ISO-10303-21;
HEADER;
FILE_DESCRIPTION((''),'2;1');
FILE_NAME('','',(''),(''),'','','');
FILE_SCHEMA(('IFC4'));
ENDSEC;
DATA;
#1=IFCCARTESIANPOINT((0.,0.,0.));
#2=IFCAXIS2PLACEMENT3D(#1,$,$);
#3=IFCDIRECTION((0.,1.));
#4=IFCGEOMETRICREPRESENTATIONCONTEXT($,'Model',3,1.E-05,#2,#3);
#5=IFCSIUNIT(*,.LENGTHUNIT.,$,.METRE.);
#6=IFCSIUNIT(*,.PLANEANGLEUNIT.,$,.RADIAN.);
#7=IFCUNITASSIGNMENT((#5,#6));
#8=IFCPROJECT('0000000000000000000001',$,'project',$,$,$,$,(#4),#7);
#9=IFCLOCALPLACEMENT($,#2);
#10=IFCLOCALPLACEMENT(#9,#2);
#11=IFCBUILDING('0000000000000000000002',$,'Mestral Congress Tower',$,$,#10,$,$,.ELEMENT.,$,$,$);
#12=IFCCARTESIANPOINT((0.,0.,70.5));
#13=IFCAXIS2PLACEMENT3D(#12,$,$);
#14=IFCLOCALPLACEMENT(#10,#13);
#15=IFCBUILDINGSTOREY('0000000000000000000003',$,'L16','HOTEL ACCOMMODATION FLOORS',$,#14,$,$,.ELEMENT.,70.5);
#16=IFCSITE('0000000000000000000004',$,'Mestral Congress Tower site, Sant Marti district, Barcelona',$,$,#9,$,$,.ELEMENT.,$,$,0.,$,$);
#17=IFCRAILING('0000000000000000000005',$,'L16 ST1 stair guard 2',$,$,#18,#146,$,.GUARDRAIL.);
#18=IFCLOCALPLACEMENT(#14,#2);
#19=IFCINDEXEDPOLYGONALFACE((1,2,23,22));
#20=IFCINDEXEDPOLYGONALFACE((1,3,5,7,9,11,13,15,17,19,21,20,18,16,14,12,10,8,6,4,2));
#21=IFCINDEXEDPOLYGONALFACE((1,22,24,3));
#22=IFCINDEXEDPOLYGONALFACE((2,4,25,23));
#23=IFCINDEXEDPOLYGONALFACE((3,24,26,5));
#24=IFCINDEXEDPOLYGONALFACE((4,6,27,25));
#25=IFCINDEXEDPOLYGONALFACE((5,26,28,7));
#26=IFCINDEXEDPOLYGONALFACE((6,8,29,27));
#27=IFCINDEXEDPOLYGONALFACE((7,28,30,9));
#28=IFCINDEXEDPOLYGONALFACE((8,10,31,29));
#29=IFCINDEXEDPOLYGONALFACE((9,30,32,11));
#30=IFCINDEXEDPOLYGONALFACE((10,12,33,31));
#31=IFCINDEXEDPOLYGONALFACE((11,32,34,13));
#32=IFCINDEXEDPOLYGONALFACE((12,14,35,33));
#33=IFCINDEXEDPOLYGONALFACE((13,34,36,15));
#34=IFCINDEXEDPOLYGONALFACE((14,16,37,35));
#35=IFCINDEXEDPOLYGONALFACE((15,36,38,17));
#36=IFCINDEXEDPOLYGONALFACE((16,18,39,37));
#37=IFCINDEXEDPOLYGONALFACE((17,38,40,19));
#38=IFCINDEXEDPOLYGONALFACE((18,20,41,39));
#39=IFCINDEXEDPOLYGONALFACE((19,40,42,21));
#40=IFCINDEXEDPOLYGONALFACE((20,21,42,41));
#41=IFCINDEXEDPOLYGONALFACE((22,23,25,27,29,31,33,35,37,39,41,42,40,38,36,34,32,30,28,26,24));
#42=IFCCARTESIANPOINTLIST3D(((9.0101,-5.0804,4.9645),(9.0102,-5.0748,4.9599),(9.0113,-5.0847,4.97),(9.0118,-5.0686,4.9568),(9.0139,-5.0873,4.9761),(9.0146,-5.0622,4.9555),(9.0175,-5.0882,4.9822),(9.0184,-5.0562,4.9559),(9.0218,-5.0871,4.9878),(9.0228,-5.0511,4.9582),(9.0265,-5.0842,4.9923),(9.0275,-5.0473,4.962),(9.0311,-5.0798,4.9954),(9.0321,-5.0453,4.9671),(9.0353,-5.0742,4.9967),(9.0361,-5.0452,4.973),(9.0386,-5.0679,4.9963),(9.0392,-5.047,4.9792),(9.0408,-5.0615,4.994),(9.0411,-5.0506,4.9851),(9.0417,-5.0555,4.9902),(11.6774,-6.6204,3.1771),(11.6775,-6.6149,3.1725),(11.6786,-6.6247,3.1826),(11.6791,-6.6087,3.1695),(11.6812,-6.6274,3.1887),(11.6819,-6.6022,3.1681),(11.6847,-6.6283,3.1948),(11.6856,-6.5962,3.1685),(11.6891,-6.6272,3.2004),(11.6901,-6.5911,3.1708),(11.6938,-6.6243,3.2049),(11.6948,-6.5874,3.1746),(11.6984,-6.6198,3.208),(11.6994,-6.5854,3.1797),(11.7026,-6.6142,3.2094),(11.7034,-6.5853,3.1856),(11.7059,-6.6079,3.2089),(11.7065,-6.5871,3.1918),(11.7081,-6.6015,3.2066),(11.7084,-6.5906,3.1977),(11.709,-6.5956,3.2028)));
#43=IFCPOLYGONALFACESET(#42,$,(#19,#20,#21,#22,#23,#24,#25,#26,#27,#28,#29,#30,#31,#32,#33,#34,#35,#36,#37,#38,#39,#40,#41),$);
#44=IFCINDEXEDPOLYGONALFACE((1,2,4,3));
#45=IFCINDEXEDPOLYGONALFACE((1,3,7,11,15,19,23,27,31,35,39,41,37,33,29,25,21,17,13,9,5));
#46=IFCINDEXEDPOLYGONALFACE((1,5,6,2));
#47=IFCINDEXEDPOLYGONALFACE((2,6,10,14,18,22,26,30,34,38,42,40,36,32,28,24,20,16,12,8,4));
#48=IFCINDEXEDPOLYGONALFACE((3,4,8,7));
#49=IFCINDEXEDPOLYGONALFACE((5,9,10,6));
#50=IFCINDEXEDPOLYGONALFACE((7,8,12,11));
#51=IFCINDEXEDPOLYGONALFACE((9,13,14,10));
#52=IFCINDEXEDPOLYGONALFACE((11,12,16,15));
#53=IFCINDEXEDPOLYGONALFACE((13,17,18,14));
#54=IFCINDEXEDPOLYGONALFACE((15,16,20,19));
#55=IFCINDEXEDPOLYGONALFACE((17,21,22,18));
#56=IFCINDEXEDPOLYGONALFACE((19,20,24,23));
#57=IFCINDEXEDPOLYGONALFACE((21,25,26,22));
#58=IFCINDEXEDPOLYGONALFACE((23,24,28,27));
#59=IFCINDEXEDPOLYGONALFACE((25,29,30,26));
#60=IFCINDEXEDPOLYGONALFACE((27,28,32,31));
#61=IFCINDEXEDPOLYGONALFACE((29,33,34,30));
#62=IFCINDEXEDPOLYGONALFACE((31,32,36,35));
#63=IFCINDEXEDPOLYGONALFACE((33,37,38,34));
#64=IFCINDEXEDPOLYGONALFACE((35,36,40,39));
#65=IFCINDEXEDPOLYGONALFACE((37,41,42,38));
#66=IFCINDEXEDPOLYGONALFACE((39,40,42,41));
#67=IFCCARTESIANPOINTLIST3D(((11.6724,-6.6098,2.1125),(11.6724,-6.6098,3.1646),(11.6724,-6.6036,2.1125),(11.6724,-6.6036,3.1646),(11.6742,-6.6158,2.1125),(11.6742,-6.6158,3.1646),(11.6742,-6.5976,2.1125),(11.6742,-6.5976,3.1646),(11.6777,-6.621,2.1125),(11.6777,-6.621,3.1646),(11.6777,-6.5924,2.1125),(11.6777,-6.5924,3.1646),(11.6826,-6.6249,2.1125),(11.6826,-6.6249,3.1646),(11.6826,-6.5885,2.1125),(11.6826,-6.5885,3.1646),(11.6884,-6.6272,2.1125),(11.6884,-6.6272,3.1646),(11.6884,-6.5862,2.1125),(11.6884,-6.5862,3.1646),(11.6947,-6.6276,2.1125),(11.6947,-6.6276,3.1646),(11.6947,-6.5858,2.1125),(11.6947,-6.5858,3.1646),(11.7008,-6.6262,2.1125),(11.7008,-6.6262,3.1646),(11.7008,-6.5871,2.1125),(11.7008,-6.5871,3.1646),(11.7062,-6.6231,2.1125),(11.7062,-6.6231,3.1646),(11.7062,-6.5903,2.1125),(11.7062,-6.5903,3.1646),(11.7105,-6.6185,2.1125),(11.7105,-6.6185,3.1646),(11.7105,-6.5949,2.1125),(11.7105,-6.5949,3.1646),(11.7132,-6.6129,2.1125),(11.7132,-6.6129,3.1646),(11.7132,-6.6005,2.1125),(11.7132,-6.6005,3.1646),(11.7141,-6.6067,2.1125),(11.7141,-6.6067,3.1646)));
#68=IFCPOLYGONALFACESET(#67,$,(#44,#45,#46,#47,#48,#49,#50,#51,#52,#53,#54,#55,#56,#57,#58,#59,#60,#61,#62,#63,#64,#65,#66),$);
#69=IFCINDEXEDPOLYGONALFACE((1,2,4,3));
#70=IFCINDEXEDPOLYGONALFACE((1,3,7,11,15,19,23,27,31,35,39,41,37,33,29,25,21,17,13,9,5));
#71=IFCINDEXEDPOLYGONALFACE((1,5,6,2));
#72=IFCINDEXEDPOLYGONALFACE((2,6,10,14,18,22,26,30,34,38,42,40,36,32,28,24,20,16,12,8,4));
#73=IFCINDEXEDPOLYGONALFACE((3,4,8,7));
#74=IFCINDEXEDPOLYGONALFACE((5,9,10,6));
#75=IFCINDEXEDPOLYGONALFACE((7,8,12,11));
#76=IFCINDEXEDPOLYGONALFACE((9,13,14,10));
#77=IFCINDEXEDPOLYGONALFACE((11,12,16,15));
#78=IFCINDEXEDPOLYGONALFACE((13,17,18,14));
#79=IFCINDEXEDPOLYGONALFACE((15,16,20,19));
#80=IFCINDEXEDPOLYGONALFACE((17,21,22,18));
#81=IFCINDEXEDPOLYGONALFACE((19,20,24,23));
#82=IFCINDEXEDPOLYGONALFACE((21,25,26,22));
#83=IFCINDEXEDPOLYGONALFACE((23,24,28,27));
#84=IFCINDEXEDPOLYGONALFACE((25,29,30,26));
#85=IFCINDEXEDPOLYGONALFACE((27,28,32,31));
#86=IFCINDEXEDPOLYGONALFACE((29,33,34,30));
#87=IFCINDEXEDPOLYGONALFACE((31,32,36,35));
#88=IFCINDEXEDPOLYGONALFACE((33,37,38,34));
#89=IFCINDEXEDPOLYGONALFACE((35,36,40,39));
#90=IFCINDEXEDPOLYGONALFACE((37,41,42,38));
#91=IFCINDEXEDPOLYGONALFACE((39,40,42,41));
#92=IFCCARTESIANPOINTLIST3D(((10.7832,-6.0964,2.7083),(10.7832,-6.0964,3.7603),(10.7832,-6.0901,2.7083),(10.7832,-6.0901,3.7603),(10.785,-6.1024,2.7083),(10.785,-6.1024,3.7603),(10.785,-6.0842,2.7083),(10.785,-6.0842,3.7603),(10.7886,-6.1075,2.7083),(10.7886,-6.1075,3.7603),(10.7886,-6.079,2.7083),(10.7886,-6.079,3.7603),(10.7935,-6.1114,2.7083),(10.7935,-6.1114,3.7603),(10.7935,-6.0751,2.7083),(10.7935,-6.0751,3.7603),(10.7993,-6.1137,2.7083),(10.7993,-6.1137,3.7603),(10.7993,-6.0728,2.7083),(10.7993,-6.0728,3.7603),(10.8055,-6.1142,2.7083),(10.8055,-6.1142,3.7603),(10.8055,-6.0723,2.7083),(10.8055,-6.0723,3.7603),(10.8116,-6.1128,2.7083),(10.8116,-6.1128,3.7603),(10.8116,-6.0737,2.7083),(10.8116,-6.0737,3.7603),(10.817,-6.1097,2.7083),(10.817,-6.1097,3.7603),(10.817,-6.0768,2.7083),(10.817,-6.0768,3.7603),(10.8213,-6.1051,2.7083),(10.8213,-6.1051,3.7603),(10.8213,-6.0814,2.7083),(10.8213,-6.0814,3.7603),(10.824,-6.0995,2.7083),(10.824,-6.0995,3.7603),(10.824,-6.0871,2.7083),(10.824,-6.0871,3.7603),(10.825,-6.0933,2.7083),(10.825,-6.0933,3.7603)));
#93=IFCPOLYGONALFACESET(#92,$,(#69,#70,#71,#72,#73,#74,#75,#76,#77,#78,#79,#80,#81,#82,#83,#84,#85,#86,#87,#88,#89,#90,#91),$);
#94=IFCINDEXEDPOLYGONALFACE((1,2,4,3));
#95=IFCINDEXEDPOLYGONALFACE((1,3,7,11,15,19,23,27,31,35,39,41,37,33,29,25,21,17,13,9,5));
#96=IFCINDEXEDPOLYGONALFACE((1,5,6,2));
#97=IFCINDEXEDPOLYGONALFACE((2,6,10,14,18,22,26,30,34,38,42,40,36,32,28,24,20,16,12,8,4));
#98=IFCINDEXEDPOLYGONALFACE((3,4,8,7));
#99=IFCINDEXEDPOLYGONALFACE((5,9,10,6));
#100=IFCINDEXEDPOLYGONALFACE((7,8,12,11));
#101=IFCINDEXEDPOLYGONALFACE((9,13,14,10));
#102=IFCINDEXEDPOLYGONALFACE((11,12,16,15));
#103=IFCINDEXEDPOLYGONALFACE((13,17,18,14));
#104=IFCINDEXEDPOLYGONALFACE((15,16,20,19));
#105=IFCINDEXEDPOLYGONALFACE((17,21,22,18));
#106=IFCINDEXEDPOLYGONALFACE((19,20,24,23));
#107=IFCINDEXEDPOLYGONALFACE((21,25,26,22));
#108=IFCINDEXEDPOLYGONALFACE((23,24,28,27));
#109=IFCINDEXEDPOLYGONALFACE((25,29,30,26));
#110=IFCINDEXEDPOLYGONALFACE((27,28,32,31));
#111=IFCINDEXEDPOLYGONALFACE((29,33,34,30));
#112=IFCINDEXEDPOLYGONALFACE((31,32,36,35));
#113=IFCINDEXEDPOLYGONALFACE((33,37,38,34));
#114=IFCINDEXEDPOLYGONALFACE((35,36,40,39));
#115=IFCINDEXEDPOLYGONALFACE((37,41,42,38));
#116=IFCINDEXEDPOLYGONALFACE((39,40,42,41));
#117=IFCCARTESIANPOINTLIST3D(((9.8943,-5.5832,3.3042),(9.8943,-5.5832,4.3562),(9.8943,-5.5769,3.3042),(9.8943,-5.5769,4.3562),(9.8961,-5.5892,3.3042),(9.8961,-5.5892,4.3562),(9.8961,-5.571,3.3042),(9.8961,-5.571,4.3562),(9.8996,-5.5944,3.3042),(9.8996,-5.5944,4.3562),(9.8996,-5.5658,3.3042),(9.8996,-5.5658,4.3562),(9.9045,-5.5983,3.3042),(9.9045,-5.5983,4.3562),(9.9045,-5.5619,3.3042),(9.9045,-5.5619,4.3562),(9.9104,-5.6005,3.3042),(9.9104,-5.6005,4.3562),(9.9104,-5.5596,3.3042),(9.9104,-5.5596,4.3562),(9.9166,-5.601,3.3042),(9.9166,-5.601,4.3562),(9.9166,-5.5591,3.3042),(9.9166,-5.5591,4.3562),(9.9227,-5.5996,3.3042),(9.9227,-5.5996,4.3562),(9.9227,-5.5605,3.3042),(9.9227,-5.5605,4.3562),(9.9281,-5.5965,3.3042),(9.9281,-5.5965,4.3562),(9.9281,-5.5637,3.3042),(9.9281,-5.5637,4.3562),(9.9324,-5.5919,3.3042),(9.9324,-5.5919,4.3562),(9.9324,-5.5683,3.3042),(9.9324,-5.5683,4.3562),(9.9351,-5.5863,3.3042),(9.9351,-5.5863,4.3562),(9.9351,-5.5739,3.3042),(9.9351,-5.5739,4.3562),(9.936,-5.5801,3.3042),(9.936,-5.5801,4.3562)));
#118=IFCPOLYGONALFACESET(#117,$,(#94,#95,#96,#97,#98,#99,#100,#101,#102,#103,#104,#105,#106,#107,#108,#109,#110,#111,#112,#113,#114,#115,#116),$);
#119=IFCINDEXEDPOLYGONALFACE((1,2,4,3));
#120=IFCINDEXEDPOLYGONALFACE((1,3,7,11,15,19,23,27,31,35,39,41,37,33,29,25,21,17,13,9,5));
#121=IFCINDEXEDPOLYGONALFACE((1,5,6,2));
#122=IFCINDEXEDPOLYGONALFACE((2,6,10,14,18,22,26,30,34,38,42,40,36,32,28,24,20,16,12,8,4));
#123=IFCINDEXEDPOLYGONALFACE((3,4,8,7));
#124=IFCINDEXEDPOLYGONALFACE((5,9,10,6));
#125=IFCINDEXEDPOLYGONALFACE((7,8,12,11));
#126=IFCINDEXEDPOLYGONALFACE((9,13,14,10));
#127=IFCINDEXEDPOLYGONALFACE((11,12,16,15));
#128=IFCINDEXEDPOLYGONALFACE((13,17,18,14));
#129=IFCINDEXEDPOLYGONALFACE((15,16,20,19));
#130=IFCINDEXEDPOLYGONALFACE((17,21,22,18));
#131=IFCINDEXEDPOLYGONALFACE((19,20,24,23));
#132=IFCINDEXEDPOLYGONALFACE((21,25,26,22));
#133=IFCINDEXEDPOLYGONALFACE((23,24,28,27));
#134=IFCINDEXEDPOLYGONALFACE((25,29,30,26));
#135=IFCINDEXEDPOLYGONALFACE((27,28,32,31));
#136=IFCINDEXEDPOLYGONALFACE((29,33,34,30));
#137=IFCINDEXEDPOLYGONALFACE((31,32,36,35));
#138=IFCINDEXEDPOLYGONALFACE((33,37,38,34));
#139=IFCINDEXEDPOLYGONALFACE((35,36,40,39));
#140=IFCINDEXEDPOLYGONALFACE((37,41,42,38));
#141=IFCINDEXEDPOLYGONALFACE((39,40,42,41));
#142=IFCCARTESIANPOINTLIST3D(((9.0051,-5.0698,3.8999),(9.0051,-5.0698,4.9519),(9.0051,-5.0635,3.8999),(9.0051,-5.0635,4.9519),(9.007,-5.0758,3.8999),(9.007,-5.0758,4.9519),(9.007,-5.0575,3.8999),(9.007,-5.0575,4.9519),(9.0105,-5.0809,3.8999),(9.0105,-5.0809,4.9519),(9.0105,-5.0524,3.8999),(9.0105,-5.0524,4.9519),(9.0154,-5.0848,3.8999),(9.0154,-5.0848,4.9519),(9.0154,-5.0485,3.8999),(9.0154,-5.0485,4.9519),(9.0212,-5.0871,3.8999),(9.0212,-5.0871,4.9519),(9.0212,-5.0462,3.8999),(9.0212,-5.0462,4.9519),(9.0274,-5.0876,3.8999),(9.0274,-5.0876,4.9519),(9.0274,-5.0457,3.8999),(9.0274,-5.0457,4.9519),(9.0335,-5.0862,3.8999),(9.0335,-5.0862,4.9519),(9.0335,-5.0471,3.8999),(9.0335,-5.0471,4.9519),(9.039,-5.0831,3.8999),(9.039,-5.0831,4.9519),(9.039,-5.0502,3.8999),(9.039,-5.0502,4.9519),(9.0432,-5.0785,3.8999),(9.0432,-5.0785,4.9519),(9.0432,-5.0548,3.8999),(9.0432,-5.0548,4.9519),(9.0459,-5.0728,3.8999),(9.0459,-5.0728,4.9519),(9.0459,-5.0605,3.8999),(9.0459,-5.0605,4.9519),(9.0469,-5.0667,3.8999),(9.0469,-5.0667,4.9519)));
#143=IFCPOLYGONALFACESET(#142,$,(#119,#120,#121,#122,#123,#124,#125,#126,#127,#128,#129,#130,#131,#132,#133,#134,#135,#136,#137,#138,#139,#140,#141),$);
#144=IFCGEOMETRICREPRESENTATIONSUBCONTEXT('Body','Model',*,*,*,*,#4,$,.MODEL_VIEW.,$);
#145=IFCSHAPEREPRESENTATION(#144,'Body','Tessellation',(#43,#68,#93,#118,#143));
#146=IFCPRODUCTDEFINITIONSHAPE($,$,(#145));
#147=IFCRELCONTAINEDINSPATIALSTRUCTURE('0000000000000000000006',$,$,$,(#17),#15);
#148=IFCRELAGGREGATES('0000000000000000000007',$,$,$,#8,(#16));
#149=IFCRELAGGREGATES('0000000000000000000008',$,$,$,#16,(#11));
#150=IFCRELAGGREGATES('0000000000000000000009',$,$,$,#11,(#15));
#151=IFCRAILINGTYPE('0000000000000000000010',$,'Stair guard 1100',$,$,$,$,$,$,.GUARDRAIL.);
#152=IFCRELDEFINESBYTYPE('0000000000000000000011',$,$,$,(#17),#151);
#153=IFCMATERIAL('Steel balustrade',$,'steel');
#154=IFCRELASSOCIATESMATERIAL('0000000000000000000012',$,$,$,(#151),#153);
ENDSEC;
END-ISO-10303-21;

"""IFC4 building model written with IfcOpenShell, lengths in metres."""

from ifc_helpers import new_model, si_unit, direction, frame, origin, origin_2d, place, context, subcontext, project, spatial, circle, extrude, material, type_object, element, save


model = new_model("IFC4")

# Units and contexts
model_context = context("Model", 3, precision=1e-05, world=origin(), true_north=direction((0.0, 1.0)))
body_context = subcontext(model_context, "Body", "Model", "MODEL_VIEW")
ifc_project = project(units=[si_unit("LENGTHUNIT", "METRE"), si_unit("PLANEANGLEUNIT", "RADIAN")], contexts=[model_context])

# Site, building, storey
site_placement = place(None, origin())
site = spatial("IfcSite", under=ifc_project, at=site_placement, Name="Mestral Congress Tower site, Sant Marti district, Barcelona", CompositionType="ELEMENT", RefElevation=0.0)
building_placement = place(site_placement, origin())
building = spatial("IfcBuilding", under=site, at=building_placement, Name="Mestral Congress Tower", CompositionType="ELEMENT")
storey_placement = place(building_placement, frame((0.0, 0.0, 70.5)))
storey = spatial("IfcBuildingStorey", under=building, at=storey_placement, Name="L16", Description="HOTEL ACCOMMODATION FLOORS", CompositionType="ELEMENT", Elevation=70.5)

# Railing
ifc_material_1 = material(Name="Steel balustrade", Category="steel")
railing_type_1 = type_object("IfcRailingType", Name="Stair guard 1100", PredefinedType="GUARDRAIL", material=ifc_material_1)
railing_1_placement = place(storey_placement, frame((11.6931, -6.6067, 2.1125)))
element("IfcRailing", 1, at=railing_1_placement, inside=storey, type_object=railing_type_1, Name="L16 ST1 stair guard 2", PredefinedType="GUARDRAIL", context=body_context, shape_type="SweptSolid", body=[
    extrude(circle(Radius=0.0239, at=origin_2d()), frame((0.0, 0.0, 1.0762), z_axis=(-0.74902, 0.432477, 0.501929), x_axis=(-0.500027, -0.86601, 0.0)), (0.0, 0.0, 1.0), 3.561),
    extrude(circle(Radius=0.021, at=origin_2d()), origin(), (0.0, 0.0, 1.0), 1.052),
    extrude(circle(Radius=0.021, at=origin_2d()), frame((-0.8892, 0.5134, 0.5957)), (0.0, 0.0, 1.0), 1.052),
    extrude(circle(Radius=0.021, at=origin_2d()), frame((-1.7781, 1.0266, 1.1917)), (0.0, 0.0, 1.0), 1.052),
    extrude(circle(Radius=0.021, at=origin_2d()), frame((-2.6672, 1.54, 1.7874)), (0.0, 0.0, 1.0), 1.052),
])

save(model, "model.ifc")
